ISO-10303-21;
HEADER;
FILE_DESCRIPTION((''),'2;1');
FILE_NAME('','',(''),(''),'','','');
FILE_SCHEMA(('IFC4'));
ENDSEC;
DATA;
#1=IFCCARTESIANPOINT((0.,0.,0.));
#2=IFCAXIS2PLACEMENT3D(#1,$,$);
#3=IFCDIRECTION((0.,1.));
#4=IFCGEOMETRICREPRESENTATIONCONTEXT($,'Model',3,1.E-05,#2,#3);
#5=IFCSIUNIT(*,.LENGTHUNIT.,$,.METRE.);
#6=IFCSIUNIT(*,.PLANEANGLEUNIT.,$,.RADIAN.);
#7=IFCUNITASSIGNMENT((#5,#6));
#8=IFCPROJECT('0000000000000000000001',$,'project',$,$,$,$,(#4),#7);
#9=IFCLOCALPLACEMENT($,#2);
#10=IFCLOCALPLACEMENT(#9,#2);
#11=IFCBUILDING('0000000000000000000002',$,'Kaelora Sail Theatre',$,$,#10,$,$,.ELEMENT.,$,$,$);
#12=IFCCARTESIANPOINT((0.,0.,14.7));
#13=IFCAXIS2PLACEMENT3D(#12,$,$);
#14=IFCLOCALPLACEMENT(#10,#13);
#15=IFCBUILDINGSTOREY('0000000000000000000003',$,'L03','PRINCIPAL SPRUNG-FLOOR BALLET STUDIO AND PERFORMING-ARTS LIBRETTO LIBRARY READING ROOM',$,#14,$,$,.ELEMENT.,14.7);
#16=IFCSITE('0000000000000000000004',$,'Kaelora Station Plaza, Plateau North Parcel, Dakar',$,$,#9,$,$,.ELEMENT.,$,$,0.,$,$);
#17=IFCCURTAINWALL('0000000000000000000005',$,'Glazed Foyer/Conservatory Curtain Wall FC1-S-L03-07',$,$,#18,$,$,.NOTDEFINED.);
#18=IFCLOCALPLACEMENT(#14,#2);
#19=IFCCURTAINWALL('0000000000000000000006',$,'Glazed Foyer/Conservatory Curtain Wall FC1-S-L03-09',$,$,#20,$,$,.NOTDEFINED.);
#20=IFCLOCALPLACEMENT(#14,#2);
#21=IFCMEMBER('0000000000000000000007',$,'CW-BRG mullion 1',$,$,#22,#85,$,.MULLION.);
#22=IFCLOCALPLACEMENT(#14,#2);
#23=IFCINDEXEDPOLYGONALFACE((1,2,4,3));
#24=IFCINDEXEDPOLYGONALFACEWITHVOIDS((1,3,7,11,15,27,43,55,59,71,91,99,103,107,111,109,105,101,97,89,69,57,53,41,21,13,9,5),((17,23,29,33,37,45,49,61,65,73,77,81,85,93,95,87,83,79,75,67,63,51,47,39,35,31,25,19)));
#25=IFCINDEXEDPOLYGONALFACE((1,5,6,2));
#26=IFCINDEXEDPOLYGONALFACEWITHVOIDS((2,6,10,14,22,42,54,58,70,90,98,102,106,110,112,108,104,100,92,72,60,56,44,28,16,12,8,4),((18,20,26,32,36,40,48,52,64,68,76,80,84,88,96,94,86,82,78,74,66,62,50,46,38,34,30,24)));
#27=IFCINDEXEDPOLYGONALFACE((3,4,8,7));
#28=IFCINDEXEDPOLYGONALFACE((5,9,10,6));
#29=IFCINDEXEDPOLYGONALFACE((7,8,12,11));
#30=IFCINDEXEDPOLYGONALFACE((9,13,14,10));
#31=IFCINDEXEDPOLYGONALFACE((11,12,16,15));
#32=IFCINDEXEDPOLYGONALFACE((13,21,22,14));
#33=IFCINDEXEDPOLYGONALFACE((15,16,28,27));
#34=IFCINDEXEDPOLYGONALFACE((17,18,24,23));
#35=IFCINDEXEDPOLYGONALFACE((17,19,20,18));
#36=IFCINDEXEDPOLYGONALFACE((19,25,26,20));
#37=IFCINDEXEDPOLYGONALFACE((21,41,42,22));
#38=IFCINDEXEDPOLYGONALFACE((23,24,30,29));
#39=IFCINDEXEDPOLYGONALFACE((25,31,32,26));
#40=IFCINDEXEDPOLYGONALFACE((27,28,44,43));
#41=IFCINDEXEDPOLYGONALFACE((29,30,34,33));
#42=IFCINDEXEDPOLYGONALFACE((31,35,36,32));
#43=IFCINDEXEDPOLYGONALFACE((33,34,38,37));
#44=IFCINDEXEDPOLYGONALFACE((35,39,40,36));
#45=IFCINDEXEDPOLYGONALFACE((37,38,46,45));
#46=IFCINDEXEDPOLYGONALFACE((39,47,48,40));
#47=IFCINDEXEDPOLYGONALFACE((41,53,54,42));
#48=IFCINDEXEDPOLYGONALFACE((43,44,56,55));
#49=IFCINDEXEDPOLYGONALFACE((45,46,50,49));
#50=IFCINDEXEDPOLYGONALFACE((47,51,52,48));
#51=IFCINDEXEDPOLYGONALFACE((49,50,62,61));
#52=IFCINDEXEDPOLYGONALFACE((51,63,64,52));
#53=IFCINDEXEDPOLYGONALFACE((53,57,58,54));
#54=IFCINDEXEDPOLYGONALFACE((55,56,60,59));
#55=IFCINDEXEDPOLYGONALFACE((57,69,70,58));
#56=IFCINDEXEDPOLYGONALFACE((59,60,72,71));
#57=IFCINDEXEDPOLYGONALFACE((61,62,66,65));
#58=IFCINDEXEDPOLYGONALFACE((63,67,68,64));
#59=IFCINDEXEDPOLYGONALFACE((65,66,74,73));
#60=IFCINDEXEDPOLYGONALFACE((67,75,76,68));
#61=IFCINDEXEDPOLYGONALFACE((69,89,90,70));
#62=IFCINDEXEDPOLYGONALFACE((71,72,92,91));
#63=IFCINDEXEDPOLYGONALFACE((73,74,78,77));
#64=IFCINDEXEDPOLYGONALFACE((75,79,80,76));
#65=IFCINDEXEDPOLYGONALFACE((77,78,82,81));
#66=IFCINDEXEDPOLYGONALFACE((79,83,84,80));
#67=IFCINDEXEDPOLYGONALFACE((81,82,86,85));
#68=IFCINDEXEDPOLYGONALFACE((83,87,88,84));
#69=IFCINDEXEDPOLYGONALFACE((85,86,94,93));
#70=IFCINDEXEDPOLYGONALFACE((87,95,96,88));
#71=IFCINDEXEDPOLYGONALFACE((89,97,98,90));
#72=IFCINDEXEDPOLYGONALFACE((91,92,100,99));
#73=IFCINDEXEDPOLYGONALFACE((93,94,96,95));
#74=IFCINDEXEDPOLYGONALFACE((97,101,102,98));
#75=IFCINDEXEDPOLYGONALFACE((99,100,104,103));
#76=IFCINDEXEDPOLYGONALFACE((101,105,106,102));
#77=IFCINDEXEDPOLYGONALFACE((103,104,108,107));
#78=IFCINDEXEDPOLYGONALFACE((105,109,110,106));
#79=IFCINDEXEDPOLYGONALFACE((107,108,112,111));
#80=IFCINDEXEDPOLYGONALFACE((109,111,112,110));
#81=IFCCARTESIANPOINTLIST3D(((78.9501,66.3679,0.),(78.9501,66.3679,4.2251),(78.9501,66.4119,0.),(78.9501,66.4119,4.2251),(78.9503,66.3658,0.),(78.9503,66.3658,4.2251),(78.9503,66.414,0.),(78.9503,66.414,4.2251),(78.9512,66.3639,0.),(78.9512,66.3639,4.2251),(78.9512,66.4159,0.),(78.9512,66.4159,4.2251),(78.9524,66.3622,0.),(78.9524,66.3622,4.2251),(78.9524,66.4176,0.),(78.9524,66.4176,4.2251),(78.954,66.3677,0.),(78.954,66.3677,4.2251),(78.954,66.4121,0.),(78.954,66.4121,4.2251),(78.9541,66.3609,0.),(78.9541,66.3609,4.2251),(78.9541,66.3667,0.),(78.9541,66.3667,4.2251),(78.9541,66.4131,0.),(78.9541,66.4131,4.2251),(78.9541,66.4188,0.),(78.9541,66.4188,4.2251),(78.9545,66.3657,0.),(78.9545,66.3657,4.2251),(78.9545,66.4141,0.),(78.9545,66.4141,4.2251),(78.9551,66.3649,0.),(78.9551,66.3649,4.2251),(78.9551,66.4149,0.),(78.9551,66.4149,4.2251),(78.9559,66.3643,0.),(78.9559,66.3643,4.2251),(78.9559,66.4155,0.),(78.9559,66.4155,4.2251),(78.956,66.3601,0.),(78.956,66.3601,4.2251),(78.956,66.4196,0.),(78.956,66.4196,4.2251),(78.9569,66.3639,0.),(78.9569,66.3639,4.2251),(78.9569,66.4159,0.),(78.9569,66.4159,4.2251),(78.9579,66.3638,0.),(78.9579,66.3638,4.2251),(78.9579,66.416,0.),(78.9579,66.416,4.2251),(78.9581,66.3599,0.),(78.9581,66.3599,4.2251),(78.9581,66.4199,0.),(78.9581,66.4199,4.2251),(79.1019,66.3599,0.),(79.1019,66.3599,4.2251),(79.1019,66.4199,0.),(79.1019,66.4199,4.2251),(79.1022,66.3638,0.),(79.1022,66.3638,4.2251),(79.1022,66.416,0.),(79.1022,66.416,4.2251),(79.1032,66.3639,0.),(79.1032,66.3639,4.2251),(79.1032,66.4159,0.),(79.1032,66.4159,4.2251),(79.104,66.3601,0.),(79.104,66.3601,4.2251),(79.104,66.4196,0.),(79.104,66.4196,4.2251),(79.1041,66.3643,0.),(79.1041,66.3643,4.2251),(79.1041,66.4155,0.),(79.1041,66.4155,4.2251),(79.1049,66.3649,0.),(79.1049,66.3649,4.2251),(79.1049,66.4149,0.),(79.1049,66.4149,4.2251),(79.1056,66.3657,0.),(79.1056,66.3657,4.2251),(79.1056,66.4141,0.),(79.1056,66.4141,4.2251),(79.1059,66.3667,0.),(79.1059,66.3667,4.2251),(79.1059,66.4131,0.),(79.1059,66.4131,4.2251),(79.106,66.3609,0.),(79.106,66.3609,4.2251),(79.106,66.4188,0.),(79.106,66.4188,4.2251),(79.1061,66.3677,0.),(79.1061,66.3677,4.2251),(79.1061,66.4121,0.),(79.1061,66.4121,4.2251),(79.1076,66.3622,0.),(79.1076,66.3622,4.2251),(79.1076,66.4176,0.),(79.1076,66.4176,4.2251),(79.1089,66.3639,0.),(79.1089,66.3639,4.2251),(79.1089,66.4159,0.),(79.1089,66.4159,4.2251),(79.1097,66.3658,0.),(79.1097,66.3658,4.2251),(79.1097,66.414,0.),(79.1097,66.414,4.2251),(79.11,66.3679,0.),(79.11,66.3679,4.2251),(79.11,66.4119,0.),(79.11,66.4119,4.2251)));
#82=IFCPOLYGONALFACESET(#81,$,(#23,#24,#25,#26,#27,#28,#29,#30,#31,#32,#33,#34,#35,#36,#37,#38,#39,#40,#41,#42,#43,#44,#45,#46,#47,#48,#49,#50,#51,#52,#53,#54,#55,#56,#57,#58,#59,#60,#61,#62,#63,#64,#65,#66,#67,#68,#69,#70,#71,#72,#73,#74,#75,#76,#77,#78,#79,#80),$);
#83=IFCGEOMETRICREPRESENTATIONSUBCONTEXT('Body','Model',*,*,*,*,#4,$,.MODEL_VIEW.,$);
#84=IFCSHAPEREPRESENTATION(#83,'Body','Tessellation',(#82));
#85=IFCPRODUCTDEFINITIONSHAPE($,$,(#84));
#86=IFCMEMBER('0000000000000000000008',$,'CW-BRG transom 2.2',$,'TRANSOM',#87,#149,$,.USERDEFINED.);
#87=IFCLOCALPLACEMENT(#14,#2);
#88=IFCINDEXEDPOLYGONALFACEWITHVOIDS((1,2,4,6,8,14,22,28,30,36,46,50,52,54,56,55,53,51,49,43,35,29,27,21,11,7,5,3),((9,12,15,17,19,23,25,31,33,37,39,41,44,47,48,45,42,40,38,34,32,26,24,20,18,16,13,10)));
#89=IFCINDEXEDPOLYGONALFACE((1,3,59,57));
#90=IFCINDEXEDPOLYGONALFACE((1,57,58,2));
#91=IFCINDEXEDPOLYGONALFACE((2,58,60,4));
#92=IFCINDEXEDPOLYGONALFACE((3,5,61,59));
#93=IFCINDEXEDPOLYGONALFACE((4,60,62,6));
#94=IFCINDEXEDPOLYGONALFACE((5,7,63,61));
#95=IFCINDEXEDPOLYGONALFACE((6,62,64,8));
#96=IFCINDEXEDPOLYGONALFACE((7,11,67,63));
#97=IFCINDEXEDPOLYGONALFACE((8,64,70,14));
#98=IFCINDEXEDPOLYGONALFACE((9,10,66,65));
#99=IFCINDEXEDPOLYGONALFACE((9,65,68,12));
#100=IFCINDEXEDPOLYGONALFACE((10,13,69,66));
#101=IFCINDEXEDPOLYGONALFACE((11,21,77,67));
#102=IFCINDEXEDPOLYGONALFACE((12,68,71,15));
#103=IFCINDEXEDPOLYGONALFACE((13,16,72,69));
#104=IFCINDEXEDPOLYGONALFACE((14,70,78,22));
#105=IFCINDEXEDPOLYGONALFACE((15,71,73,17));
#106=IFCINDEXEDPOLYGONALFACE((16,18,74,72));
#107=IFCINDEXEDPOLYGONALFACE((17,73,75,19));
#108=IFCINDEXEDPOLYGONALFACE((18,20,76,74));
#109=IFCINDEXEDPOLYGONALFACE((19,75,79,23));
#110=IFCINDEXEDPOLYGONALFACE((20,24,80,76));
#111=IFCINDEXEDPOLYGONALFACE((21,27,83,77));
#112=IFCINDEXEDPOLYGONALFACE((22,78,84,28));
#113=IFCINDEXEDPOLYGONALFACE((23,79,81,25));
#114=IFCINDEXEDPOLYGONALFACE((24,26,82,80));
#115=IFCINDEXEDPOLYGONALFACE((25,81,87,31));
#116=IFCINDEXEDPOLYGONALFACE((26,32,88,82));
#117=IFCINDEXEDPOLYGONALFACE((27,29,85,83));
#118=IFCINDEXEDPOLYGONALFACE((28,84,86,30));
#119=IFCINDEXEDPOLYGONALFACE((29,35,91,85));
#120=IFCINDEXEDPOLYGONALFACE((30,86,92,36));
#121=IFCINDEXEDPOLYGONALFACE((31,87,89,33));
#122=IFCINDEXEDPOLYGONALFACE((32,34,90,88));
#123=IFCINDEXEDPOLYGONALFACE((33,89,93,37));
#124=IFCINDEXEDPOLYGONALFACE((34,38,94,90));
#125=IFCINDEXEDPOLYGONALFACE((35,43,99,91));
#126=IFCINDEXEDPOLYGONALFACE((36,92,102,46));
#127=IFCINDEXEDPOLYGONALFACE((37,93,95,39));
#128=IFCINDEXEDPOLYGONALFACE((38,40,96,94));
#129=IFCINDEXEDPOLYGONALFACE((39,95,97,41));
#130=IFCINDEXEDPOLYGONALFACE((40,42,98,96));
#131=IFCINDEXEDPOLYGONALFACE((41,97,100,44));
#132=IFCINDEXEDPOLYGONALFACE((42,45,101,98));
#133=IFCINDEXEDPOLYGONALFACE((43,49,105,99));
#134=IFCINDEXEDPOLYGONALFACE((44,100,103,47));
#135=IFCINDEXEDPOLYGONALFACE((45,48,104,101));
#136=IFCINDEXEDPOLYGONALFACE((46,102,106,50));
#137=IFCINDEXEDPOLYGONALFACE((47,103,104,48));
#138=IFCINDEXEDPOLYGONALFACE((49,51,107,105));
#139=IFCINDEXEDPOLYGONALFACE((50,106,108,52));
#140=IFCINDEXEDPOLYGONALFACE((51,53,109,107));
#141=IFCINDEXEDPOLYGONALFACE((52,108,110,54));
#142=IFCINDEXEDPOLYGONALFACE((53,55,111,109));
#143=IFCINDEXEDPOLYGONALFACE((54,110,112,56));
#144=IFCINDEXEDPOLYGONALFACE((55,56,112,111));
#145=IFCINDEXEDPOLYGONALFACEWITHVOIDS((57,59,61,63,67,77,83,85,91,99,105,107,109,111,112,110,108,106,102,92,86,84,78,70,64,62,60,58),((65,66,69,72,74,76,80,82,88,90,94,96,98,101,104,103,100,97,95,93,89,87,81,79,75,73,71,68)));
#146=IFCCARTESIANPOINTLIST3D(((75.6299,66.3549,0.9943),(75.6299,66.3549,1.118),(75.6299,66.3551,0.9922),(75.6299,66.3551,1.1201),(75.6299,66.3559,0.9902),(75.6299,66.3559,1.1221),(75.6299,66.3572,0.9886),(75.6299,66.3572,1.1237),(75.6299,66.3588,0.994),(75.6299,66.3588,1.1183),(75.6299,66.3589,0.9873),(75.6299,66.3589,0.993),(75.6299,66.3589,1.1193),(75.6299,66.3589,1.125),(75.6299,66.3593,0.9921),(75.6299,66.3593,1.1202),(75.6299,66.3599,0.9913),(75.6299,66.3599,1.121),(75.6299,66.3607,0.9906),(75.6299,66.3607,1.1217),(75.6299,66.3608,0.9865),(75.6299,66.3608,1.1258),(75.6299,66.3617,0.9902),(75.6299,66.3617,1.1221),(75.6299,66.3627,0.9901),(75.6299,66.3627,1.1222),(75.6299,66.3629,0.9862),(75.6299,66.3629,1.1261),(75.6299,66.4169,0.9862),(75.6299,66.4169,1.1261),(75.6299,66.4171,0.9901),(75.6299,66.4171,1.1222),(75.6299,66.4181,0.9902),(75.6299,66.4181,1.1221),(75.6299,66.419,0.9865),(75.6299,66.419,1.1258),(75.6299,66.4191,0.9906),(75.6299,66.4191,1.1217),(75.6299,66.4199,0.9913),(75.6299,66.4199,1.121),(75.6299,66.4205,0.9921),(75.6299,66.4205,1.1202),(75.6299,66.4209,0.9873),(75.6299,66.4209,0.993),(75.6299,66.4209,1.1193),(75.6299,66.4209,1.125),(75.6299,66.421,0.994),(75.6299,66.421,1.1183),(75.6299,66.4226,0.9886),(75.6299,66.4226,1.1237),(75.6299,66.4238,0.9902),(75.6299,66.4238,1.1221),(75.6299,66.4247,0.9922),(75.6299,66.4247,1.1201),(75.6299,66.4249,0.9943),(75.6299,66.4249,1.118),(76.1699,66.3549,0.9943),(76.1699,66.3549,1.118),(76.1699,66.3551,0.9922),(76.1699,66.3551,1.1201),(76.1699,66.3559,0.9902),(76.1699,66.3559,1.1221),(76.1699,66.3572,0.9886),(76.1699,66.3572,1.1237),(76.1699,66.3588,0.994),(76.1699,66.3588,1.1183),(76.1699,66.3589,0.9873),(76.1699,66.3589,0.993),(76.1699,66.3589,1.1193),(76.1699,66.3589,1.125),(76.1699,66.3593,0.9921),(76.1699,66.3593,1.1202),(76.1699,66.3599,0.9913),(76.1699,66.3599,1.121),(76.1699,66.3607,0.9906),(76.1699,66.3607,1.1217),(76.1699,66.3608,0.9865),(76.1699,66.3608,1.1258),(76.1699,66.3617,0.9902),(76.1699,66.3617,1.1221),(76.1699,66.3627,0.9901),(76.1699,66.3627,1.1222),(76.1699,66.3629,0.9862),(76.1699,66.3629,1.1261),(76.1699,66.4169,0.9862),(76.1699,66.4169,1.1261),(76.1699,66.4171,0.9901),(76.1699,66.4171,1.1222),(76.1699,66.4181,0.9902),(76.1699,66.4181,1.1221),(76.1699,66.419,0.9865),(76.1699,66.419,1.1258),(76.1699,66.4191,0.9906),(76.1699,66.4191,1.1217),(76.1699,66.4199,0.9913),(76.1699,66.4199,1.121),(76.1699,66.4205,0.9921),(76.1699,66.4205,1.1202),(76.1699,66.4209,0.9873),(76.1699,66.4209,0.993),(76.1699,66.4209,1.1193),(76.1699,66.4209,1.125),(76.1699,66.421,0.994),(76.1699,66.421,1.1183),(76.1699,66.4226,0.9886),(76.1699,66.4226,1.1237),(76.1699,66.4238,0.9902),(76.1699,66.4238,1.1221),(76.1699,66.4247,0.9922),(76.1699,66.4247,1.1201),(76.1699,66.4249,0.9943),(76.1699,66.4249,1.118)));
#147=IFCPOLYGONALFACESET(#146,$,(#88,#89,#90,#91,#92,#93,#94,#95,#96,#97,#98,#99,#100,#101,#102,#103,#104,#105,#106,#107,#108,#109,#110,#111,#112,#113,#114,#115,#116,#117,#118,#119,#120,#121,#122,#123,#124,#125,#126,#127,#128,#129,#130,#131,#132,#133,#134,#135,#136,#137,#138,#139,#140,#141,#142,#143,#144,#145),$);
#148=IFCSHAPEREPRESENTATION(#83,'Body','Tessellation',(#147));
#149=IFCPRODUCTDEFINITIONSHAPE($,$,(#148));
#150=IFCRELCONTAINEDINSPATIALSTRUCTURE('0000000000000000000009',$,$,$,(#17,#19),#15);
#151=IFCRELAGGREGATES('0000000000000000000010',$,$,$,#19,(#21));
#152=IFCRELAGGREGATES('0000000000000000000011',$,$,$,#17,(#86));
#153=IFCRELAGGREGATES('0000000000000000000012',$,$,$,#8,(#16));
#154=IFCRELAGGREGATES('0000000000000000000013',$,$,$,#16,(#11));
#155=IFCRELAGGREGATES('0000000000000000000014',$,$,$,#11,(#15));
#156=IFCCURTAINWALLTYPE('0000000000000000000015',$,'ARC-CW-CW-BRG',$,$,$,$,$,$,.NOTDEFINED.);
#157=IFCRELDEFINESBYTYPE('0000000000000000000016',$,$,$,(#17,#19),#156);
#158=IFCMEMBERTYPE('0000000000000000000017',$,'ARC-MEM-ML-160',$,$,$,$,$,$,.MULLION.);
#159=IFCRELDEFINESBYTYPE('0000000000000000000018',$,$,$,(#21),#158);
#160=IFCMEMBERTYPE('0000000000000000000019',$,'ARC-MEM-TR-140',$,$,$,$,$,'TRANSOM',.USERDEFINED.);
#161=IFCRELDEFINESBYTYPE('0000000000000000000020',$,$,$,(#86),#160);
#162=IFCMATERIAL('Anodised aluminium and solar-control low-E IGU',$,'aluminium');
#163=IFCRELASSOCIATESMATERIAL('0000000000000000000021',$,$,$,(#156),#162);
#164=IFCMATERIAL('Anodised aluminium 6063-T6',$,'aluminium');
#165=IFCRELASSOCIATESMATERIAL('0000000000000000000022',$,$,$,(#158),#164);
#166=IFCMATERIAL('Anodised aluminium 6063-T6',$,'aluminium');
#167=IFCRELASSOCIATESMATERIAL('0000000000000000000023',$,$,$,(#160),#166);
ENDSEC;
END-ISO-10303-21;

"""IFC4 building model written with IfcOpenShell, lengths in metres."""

from ifc_helpers import new_model, si_unit, direction, frame, origin, origin_2d, place, context, subcontext, project, spatial, hollow_rectangle, extrude, material, material_profile, profile_set, type_object, element, aggregate, save


model = new_model("IFC4")

# Units and contexts
model_context = context("Model", 3, precision=1e-05, world=origin(), true_north=direction((0.0, 1.0)))
body_context = subcontext(model_context, "Body", "Model", "MODEL_VIEW")
ifc_project = project(units=[si_unit("LENGTHUNIT", "METRE"), si_unit("PLANEANGLEUNIT", "RADIAN")], contexts=[model_context])

# Site, building, storey
site_placement = place(None, origin())
site = spatial("IfcSite", under=ifc_project, at=site_placement, Name="Kaelora Station Plaza, Plateau North Parcel, Dakar", CompositionType="ELEMENT", RefElevation=0.0)
building_placement = place(site_placement, origin())
building = spatial("IfcBuilding", under=site, at=building_placement, Name="Kaelora Sail Theatre", CompositionType="ELEMENT")
storey_placement = place(building_placement, frame((0.0, 0.0, 14.7)))
storey = spatial("IfcBuildingStorey", under=building, at=storey_placement, Name="L03", Description="PRINCIPAL SPRUNG-FLOOR BALLET STUDIO AND PERFORMING-ARTS LIBRETTO LIBRARY READING ROOM", CompositionType="ELEMENT", Elevation=14.7)

# Curtain wall
ifc_material_1 = material(Name="Anodised aluminium and solar-control low-E IGU", Category="aluminium")
curtain_wall_type = type_object("IfcCurtainWallType", Name="ARC-CW-CW-BRG", PredefinedType="NOTDEFINED", material=ifc_material_1)
curtain_wall_1_placement = place(storey_placement, origin())
curtain_wall_1 = element("IfcCurtainWall", 1, at=curtain_wall_1_placement, inside=storey, type_object=curtain_wall_type, Name="Glazed Foyer/Conservatory Curtain Wall FC1-S-L03-07", PredefinedType="NOTDEFINED")
ifc_material_2 = material(Name="Anodised aluminium 6063-T6", Category="aluminium")
ifc_material_profile_1 = material_profile(ifc_material_2, hollow_rectangle(XDim=0.0601, YDim=0.1599, WallThickness=0.0039, InnerFilletRadius=0.0039, OuterFilletRadius=0.0081, at=origin_2d()), Name="ALU-MULL 60x160x4")
ifc_profile_set_1 = profile_set([ifc_material_profile_1], Name="Anodised aluminium 6063-T6")
member_type_1 = type_object("IfcMemberType", Name="ARC-MEM-ML-160", PredefinedType="MULLION", material=ifc_profile_set_1)

# Curtain wall, member
curtain_wall_2_placement = place(storey_placement, origin())
curtain_wall_2 = element("IfcCurtainWall", 2, at=curtain_wall_2_placement, inside=storey, type_object=curtain_wall_type, Name="Glazed Foyer/Conservatory Curtain Wall FC1-S-L03-09", PredefinedType="NOTDEFINED")
member_1_placement = place(storey_placement, frame((79.03, 66.3899, 0.0), z_axis=(0.0, 0.0, 1.0), x_axis=(0.0, 1.0, 0.0)))
member_1 = element("IfcMember", 3, at=member_1_placement, type_object=member_type_1, Name="CW-BRG mullion 1", PredefinedType="MULLION", context=body_context, shape_type="SweptSolid", body=[
    extrude(hollow_rectangle(XDim=0.0601, YDim=0.1599, WallThickness=0.0039, InnerFilletRadius=0.0039, OuterFilletRadius=0.0081, at=origin_2d()), origin(), (0.0, 0.0, 1.0), 4.2251),
])

# Member
ifc_material_3 = material(Name="Anodised aluminium 6063-T6", Category="aluminium")
ifc_material_profile_2 = material_profile(ifc_material_3, hollow_rectangle(XDim=0.0701, YDim=0.1399, WallThickness=0.0039, InnerFilletRadius=0.0039, OuterFilletRadius=0.0081, at=origin_2d()), Name="ALU-TRAN 70x140x4")
ifc_profile_set_2 = profile_set([ifc_material_profile_2], Name="Anodised aluminium 6063-T6")
member_type_2 = type_object("IfcMemberType", Name="ARC-MEM-TR-140", ElementType="TRANSOM", PredefinedType="USERDEFINED", material=ifc_profile_set_2)
member_2_placement = place(storey_placement, frame((75.6299, 66.3899, 1.0562), z_axis=(1.0, 0.0, 0.0), x_axis=(0.0, 1.0, 0.0)))
member_2 = element("IfcMember", 4, at=member_2_placement, type_object=member_type_2, Name="CW-BRG transom 2.2", ObjectType="TRANSOM", PredefinedType="USERDEFINED", context=body_context, shape_type="SweptSolid", body=[
    extrude(hollow_rectangle(XDim=0.0701, YDim=0.1399, WallThickness=0.0039, InnerFilletRadius=0.0039, OuterFilletRadius=0.0081, at=origin_2d()), origin(), (0.0, 0.0, 1.0), 0.54),
])
aggregate(curtain_wall_2, [member_1])

aggregate(curtain_wall_1, [member_2])

save(model, "model.ifc")
